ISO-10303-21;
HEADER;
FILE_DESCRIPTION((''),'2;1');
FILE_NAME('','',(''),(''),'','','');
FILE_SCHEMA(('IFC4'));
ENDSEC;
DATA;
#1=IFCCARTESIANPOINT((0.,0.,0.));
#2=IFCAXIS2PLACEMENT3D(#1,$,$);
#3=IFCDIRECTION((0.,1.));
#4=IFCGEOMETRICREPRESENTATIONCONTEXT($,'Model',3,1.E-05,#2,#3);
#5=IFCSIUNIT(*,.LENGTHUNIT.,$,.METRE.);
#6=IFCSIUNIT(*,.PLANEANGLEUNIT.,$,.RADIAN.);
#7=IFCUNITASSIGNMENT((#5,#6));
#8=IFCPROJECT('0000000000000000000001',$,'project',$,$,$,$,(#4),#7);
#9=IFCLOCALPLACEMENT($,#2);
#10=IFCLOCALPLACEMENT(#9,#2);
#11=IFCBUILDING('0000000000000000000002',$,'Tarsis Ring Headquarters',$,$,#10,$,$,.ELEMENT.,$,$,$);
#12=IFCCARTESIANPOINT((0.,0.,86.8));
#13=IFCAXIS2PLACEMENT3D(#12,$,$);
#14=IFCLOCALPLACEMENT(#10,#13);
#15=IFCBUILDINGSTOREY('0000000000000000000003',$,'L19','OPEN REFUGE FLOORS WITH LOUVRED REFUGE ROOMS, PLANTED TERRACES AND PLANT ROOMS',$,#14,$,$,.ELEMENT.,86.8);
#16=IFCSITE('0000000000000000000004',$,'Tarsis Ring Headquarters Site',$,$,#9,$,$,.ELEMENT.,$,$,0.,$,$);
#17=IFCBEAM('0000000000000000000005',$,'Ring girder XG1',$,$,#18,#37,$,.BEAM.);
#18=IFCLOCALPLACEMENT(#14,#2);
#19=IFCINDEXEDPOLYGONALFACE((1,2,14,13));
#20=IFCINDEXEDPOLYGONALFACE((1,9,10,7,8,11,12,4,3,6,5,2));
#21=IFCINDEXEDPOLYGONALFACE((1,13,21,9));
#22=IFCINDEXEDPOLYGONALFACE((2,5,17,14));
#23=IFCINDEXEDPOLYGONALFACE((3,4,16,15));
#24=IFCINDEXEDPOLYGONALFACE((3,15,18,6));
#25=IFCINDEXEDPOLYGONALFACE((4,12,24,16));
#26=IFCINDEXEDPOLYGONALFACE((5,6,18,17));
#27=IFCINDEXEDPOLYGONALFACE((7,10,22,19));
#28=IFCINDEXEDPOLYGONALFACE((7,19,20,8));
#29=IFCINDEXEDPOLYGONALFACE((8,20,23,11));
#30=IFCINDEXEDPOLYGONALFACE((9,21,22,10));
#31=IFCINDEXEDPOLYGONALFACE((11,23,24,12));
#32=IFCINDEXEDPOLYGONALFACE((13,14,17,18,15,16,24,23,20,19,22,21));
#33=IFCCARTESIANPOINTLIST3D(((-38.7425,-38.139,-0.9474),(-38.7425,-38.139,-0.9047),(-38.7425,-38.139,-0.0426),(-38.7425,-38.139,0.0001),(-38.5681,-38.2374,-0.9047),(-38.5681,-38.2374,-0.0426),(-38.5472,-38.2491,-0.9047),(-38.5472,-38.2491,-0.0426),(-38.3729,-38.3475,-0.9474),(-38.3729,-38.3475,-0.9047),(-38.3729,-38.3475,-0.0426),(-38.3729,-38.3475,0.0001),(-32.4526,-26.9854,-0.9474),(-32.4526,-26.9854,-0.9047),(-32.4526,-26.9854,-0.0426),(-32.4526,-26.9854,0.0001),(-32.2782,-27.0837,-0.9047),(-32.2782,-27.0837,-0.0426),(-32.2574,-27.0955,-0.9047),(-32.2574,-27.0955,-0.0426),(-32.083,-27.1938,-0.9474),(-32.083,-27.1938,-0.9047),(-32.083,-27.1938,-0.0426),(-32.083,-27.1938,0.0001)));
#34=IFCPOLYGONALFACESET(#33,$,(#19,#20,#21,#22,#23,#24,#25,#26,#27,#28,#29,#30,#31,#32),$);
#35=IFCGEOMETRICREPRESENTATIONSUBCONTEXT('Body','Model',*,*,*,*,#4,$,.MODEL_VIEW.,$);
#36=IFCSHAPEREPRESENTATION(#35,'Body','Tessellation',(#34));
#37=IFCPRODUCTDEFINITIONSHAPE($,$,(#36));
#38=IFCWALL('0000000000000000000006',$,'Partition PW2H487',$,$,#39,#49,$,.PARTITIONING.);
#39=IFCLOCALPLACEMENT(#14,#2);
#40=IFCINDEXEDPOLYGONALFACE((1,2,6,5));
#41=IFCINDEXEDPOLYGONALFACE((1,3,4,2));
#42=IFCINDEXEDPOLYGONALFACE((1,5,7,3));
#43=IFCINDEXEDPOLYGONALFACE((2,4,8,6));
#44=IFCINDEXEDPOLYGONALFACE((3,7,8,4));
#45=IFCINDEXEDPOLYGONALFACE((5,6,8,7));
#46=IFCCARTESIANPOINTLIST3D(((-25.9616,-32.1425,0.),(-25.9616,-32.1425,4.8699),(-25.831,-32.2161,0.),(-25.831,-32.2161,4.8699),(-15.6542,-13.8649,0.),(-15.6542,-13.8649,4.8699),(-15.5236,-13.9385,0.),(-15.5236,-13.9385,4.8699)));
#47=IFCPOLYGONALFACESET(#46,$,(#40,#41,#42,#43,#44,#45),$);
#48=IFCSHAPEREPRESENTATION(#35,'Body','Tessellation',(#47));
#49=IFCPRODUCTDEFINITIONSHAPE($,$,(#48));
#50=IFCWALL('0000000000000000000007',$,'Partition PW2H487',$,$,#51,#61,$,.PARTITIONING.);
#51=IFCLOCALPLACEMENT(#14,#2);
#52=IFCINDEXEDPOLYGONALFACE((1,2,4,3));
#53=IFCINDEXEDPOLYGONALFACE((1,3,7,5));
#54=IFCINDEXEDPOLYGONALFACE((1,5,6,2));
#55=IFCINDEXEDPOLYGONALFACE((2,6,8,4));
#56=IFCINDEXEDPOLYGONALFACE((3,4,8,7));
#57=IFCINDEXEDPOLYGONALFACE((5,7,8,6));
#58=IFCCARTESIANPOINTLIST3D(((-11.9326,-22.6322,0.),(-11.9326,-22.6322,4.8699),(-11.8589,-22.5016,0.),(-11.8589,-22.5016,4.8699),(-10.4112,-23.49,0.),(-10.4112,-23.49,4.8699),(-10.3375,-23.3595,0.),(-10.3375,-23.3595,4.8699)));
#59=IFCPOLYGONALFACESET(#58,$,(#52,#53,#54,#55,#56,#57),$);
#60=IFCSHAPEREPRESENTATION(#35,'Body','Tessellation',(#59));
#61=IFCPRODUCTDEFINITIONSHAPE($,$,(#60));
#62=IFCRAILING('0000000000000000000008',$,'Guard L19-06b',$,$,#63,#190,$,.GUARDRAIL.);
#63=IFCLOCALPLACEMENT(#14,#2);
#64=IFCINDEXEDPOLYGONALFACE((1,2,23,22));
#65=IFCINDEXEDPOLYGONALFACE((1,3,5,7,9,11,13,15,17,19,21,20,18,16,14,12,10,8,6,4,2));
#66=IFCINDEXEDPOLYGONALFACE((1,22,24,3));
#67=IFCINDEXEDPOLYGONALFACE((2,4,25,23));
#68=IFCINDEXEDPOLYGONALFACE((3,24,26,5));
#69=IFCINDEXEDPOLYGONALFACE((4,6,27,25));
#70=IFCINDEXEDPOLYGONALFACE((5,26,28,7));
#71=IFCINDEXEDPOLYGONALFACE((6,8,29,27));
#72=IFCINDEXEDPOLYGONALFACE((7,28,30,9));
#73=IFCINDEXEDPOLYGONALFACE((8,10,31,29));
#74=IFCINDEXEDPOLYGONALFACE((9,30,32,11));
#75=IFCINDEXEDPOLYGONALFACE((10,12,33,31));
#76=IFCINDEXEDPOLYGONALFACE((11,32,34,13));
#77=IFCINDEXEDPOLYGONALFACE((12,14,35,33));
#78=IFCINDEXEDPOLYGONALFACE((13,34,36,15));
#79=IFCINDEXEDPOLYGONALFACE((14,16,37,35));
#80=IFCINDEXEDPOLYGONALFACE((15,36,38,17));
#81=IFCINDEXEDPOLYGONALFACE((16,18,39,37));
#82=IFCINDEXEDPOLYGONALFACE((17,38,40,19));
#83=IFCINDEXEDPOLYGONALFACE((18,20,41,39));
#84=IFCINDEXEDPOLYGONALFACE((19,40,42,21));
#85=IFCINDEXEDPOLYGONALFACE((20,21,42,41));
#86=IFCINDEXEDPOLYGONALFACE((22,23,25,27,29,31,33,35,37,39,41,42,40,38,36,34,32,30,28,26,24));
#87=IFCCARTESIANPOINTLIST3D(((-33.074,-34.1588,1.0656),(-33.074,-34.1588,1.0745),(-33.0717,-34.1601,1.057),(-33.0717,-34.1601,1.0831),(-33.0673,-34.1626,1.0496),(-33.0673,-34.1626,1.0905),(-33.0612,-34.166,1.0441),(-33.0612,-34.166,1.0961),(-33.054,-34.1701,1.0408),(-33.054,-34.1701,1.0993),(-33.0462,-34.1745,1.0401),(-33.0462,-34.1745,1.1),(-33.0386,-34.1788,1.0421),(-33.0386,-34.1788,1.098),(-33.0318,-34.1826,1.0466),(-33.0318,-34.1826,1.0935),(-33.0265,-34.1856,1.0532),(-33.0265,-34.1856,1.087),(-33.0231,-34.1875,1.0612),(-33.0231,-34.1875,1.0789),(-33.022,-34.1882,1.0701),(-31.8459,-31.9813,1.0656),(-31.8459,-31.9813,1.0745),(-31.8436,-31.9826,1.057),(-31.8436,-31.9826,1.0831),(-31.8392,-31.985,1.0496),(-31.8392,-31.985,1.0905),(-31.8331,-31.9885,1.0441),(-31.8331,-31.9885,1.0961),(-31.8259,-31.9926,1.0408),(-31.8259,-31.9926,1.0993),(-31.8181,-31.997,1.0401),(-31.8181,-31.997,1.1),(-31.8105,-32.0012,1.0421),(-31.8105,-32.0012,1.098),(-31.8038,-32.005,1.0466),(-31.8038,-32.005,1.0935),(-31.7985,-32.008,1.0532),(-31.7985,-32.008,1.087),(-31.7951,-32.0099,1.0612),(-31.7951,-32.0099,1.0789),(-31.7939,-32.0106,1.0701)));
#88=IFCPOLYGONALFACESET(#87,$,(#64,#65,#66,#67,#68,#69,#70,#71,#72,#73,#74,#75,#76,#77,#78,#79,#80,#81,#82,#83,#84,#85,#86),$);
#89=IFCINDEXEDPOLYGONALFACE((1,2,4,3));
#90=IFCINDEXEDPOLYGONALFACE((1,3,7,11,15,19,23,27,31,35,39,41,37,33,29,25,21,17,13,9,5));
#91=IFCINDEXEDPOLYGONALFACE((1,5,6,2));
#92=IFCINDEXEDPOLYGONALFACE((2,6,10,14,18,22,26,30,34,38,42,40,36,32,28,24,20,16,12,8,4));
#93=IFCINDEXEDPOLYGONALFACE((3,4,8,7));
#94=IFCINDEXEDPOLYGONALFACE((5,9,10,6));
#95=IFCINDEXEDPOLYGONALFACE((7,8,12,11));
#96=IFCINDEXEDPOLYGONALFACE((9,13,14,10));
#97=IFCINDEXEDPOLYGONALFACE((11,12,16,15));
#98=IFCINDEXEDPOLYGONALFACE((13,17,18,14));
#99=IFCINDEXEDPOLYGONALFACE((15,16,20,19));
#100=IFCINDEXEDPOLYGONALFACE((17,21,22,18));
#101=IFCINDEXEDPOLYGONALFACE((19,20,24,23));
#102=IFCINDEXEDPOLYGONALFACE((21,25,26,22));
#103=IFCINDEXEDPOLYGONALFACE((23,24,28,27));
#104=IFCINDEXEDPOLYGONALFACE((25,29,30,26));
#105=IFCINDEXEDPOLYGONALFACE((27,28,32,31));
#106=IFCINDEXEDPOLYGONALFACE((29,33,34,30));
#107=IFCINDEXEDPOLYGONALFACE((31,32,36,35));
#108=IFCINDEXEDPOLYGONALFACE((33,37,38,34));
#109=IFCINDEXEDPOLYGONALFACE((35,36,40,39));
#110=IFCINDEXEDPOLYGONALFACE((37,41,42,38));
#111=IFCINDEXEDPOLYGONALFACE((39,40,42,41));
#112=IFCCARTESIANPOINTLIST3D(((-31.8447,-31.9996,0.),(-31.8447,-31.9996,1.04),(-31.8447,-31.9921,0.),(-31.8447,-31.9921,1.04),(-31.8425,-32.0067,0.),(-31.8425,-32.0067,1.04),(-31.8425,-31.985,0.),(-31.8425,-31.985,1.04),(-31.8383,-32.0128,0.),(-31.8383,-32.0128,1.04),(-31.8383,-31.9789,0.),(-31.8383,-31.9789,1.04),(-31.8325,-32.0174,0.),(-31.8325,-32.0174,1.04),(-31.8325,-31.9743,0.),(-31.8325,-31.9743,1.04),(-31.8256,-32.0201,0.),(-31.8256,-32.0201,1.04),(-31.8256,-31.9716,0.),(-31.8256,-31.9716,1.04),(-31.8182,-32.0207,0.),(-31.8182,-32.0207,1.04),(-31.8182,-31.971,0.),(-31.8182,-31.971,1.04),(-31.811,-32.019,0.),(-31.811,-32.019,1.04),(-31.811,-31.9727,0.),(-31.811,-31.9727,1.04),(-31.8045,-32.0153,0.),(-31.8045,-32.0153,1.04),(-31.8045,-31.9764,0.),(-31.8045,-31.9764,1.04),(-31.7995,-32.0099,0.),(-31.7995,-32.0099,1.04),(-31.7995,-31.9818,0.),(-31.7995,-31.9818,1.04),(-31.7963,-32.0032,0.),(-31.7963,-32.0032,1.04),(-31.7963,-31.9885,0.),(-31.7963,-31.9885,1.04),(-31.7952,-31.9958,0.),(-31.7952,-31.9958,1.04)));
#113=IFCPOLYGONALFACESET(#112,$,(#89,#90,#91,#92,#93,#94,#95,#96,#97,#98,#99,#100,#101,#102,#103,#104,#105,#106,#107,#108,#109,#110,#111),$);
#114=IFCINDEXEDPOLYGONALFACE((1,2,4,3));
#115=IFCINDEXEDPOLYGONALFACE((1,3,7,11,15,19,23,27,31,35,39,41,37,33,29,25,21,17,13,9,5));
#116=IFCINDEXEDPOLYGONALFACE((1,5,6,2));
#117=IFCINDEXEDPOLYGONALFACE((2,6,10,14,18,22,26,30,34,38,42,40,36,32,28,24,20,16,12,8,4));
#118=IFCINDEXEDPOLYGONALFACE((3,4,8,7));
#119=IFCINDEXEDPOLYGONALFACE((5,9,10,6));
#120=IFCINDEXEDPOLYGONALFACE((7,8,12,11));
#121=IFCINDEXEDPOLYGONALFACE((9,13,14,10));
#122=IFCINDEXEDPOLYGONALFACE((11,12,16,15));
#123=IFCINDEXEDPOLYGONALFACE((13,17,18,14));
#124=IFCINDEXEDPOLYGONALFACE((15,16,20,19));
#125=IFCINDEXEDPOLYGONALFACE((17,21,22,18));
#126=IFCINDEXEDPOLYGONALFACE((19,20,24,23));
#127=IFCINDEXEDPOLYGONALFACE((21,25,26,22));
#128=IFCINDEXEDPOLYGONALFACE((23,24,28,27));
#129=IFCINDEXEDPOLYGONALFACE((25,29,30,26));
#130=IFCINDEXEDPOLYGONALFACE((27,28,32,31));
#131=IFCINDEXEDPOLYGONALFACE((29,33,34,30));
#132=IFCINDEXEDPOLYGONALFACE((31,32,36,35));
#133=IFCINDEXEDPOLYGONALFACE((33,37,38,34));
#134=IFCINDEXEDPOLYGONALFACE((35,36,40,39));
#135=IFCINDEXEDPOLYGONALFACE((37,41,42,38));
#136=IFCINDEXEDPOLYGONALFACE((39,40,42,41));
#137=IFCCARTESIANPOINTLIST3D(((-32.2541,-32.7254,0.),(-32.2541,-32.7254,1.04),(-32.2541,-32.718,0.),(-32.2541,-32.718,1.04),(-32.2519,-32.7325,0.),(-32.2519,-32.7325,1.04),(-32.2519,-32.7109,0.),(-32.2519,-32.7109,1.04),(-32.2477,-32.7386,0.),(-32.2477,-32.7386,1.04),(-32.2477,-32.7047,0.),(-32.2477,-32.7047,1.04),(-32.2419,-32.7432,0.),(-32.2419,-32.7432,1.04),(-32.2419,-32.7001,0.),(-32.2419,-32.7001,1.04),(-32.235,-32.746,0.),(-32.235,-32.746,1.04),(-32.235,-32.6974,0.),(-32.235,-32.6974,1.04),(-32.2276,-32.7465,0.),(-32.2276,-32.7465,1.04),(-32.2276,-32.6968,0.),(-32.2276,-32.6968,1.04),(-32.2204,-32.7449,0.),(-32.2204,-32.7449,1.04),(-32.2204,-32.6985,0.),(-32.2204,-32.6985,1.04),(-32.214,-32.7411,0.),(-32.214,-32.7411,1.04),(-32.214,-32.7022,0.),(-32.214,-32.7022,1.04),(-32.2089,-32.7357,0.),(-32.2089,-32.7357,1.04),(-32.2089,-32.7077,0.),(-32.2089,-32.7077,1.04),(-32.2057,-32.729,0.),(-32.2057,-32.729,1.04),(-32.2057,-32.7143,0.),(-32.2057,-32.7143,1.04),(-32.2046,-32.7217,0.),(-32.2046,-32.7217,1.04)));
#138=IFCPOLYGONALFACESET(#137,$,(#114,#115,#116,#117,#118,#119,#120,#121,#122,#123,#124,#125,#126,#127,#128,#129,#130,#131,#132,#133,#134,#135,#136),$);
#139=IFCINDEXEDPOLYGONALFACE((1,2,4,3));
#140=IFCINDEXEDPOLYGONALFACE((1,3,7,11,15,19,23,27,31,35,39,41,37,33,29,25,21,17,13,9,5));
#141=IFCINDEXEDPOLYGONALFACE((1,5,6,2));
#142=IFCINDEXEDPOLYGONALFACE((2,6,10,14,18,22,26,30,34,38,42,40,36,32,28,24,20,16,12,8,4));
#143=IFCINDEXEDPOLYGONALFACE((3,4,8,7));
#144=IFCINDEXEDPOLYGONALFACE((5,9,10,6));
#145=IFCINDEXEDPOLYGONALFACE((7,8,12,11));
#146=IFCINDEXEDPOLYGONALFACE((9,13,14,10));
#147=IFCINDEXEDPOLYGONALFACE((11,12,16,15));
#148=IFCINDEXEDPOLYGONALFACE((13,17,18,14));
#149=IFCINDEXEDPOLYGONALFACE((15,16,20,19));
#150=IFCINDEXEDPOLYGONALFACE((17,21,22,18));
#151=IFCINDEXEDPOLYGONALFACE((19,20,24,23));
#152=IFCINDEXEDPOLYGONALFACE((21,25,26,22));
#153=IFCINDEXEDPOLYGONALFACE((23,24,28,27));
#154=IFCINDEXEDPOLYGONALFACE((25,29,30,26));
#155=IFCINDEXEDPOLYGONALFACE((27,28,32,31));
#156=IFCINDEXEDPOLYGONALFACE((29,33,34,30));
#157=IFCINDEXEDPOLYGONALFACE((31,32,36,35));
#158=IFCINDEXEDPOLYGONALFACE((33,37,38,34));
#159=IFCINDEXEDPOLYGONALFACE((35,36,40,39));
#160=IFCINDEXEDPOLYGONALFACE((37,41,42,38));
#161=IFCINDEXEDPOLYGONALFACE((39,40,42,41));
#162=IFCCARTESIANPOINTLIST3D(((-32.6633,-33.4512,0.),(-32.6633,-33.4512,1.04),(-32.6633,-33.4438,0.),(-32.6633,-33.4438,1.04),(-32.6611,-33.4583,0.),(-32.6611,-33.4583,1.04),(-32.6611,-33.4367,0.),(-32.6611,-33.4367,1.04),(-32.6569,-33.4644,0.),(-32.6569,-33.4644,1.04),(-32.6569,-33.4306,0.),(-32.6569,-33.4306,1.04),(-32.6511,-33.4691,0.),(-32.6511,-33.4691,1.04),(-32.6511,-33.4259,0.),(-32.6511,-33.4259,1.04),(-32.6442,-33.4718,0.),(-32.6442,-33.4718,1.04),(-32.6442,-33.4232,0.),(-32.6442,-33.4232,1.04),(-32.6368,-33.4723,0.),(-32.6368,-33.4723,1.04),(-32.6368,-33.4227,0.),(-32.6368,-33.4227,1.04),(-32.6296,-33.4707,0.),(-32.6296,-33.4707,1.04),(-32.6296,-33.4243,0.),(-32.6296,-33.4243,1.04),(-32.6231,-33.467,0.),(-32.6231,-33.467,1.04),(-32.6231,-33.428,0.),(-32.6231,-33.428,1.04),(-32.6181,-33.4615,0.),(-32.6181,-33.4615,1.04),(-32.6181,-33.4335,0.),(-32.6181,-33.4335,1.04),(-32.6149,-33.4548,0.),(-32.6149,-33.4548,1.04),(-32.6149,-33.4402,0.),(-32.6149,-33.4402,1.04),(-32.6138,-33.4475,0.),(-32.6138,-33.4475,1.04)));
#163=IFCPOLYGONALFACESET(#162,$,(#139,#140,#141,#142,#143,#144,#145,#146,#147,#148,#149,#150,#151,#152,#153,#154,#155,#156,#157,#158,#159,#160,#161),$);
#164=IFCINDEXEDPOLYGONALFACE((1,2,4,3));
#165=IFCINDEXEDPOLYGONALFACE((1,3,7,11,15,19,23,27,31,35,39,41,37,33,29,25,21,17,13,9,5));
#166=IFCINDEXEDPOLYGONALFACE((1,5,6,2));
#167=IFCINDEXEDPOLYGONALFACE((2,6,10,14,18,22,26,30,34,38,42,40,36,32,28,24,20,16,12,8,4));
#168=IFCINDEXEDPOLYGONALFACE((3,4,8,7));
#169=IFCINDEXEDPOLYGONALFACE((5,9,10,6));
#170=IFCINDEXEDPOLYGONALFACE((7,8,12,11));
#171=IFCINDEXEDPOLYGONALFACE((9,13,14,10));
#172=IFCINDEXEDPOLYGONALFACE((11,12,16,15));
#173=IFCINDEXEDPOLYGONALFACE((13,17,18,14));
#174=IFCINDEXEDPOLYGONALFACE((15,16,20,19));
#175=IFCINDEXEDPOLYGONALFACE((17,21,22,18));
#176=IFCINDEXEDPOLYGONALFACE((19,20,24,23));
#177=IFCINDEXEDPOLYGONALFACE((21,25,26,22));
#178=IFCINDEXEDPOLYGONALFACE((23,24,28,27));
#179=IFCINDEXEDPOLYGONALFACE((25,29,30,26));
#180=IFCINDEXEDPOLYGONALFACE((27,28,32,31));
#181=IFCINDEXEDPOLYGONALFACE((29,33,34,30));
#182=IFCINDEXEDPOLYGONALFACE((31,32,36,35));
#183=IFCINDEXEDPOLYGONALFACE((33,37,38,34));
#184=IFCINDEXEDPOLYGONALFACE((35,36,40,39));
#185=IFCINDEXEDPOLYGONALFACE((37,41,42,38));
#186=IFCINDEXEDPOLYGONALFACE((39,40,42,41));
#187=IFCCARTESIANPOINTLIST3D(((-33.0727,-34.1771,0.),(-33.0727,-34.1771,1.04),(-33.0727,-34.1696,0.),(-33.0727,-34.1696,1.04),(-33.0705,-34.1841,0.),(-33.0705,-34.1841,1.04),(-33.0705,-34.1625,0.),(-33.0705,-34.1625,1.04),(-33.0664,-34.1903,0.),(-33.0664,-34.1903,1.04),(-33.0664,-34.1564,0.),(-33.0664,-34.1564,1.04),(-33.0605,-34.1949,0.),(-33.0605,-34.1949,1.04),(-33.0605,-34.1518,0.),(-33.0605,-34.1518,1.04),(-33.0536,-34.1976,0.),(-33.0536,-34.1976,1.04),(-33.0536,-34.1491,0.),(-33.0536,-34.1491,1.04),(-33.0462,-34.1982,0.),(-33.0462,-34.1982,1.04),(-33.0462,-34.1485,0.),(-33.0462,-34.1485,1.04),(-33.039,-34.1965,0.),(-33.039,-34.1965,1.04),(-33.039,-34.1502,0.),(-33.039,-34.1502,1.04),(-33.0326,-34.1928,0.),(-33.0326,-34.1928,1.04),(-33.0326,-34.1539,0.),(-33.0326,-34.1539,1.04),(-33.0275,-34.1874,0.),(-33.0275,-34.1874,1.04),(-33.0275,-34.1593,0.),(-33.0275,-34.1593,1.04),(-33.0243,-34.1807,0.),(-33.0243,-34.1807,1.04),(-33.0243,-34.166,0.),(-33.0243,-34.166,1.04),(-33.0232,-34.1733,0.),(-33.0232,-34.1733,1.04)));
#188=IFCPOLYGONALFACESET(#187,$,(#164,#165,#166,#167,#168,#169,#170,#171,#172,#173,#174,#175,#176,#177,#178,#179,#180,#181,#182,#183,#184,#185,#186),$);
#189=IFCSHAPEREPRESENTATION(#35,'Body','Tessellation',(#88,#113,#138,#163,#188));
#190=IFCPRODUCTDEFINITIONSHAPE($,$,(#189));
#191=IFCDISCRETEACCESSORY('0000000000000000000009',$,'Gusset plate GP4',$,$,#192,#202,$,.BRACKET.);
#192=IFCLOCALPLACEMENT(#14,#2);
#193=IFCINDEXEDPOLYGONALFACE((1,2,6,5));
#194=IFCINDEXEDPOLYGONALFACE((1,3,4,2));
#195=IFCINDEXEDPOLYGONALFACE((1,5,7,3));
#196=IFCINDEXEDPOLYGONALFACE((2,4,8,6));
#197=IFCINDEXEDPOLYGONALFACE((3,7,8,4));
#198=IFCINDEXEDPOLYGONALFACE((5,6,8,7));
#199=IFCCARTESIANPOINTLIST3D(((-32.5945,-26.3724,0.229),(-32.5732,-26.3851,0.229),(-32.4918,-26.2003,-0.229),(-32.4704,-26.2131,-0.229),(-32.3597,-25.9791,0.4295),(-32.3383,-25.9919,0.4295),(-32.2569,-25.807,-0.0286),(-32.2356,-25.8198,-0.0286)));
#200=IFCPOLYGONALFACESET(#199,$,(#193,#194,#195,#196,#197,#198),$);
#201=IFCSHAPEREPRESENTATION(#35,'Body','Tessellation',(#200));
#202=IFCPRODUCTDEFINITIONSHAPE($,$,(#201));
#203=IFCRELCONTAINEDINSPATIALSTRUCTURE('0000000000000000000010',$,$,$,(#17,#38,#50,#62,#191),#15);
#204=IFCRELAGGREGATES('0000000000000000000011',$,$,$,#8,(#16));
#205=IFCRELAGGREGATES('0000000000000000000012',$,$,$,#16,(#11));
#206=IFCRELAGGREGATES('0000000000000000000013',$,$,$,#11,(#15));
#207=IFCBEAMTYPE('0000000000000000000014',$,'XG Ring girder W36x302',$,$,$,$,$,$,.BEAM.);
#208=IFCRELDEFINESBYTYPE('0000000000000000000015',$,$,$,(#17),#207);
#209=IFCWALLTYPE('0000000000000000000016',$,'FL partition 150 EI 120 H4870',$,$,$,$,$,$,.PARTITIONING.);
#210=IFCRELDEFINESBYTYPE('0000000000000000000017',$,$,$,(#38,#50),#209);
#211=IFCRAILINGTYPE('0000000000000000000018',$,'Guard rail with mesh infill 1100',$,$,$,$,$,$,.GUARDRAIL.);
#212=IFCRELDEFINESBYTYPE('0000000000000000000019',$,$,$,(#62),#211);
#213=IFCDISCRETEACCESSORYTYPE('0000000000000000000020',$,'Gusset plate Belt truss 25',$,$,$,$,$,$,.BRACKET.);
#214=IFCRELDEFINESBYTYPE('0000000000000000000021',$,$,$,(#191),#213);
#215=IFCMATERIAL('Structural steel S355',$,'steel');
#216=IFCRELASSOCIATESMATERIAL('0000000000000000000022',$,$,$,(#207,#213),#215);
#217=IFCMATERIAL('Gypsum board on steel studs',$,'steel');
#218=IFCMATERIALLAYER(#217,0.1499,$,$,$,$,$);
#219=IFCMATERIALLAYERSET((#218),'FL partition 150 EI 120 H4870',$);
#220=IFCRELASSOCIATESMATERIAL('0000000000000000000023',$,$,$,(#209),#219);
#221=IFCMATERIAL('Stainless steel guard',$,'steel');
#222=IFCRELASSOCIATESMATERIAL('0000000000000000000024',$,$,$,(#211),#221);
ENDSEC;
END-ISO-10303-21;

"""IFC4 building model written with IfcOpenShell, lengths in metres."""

from ifc_helpers import new_model, si_unit, direction, frame, frame_2d, origin, origin_2d, place, context, subcontext, project, spatial, rectangle, circle, i_section, extrude, material, layer, layer_set, material_profile, profile_set, type_object, element, save


model = new_model("IFC4")

# Units and contexts
model_context = context("Model", 3, precision=1e-05, world=origin(), true_north=direction((0.0, 1.0)))
body_context = subcontext(model_context, "Body", "Model", "MODEL_VIEW")
ifc_project = project(units=[si_unit("LENGTHUNIT", "METRE"), si_unit("PLANEANGLEUNIT", "RADIAN")], contexts=[model_context])

# Site, building, storey
site_placement = place(None, origin())
site = spatial("IfcSite", under=ifc_project, at=site_placement, Name="Tarsis Ring Headquarters Site", CompositionType="ELEMENT", RefElevation=0.0)
building_placement = place(site_placement, origin())
building = spatial("IfcBuilding", under=site, at=building_placement, Name="Tarsis Ring Headquarters", CompositionType="ELEMENT")
storey_placement = place(building_placement, frame((0.0, 0.0, 86.8)))
storey = spatial("IfcBuildingStorey", under=building, at=storey_placement, Name="L19", Description="OPEN REFUGE FLOORS WITH LOUVRED REFUGE ROOMS, PLANTED TERRACES AND PLANT ROOMS", CompositionType="ELEMENT", Elevation=86.8)

# Shared definitions
ifc_material_1 = material(Name="Structural steel S355", Category="steel")

# Beam
ifc_material_profile_1 = material_profile(ifc_material_1, i_section(OverallWidth=0.4243, OverallDepth=0.9475, WebThickness=0.0239, FlangeThickness=0.0427, at=origin_2d()), Name="W36x302")
ifc_profile_set_1 = profile_set([ifc_material_profile_1], Name="Structural steel S355")
beam_type_1 = type_object("IfcBeamType", Name="XG Ring girder W36x302", PredefinedType="BEAM", material=ifc_profile_set_1)
beam_placement = place(storey_placement, frame((-32.2678, -27.0896, -0.4736), z_axis=(-0.491205, -0.871044, 0.0), x_axis=(0.871044, -0.491205, 0.0)))
element("IfcBeam", 1, at=beam_placement, inside=storey, type_object=beam_type_1, Name="Ring girder XG1", PredefinedType="BEAM", context=body_context, shape_type="SweptSolid", body=[
    extrude(i_section(OverallWidth=0.4243, OverallDepth=0.9475, WebThickness=0.0239, FlangeThickness=0.0427, at=origin_2d()), origin(), (0.0, 0.0, 1.0), 12.8049),
])

# Walls
ifc_material_2 = material(Name="Gypsum board on steel studs", Category="steel")
ifc_layer = layer(ifc_material_2, 0.1499)
ifc_layer_set = layer_set([ifc_layer], Name="FL partition 150 EI 120 H4870")
wall_type = type_object("IfcWallType", Name="FL partition 150 EI 120 H4870", PredefinedType="PARTITIONING", material=ifc_layer_set)
wall_1_placement = place(storey_placement, frame((-25.8962, -32.1792, 0.0), z_axis=(0.0, 0.0, 1.0), x_axis=(0.491211, 0.871041, 0.0)))
element("IfcWall", 2, at=wall_1_placement, inside=storey, type_object=wall_type, Name="Partition PW2H487", PredefinedType="PARTITIONING", context=body_context, shape_type="SweptSolid", body=[
    extrude(rectangle(XDim=20.9836, YDim=0.1499, at=frame_2d((10.4917, 0.0))), origin(), (0.0, 0.0, 1.0), 4.8699),
])
wall_2_placement = place(storey_placement, frame((-11.8958, -22.5669, 0.0), z_axis=(0.0, 0.0, 1.0), x_axis=(0.871067, -0.491163, 0.0)))
element("IfcWall", 3, at=wall_2_placement, inside=storey, type_object=wall_type, Name="Partition PW2H487", PredefinedType="PARTITIONING", context=body_context, shape_type="SweptSolid", body=[
    extrude(rectangle(XDim=1.7466, YDim=0.1499, at=frame_2d((0.8733, 0.0))), origin(), (0.0, 0.0, 1.0), 4.8699),
])

# Railing
ifc_material_3 = material(Name="Stainless steel guard", Category="steel")
railing_type = type_object("IfcRailingType", Name="Guard rail with mesh infill 1100", PredefinedType="GUARDRAIL", material=ifc_material_3)
railing_placement = place(storey_placement, frame((-31.8201, -31.9958, 0.0)))
element("IfcRailing", 4, at=railing_placement, inside=storey, type_object=railing_type, Name="Guard L19-06b", PredefinedType="GUARDRAIL", context=body_context, shape_type="SweptSolid", body=[
    extrude(circle(Radius=0.03, at=origin_2d()), frame((0.0, 0.0, 1.0701), z_axis=(-0.49123, -0.87103, 0.0), x_axis=(0.87103, -0.49123, 0.0)), (0.0, 0.0, 1.0), 2.5),
    extrude(circle(Radius=0.0249, at=origin_2d()), origin(), (0.0, 0.0, 1.0), 1.04),
    extrude(circle(Radius=0.0249, at=origin_2d()), frame((-0.4094, -0.7258, 0.0)), (0.0, 0.0, 1.0), 1.04),
    extrude(circle(Radius=0.0249, at=origin_2d()), frame((-0.8186, -1.4517, 0.0)), (0.0, 0.0, 1.0), 1.04),
    extrude(circle(Radius=0.0249, at=origin_2d()), frame((-1.228, -2.1775, 0.0)), (0.0, 0.0, 1.0), 1.04),
])

# Discrete accessory
ifc_material_profile_2 = material_profile(ifc_material_1, rectangle(XDim=0.0249, YDim=0.5, at=origin_2d()), Name="PL 25x500")
ifc_profile_set_2 = profile_set([ifc_material_profile_2], Name="Structural steel S355")
discrete_accessory_type_1 = type_object("IfcDiscreteAccessoryType", Name="Gusset plate Belt truss 25", PredefinedType="BRACKET", material=ifc_profile_set_2)
for number, where, z_axis, x_axis, name in (
    (5, (-32.5325, -26.2927, 0.0), (0.469698, 0.786574, 0.400855), (-0.858573, 0.512692, 0.0), "Gusset plate GP4"),
):
    element("IfcDiscreteAccessory", number, at=place(storey_placement, frame(where, z_axis=z_axis, x_axis=x_axis)), inside=storey, type_object=discrete_accessory_type_1, Name=name, PredefinedType="BRACKET", context=body_context, shape_type="SweptSolid", body=[
        extrude(rectangle(XDim=0.0249, YDim=0.5, at=origin_2d()), origin(), (0.0, 0.0, 1.0), 0.5),
    ])

save(model, "model.ifc")
